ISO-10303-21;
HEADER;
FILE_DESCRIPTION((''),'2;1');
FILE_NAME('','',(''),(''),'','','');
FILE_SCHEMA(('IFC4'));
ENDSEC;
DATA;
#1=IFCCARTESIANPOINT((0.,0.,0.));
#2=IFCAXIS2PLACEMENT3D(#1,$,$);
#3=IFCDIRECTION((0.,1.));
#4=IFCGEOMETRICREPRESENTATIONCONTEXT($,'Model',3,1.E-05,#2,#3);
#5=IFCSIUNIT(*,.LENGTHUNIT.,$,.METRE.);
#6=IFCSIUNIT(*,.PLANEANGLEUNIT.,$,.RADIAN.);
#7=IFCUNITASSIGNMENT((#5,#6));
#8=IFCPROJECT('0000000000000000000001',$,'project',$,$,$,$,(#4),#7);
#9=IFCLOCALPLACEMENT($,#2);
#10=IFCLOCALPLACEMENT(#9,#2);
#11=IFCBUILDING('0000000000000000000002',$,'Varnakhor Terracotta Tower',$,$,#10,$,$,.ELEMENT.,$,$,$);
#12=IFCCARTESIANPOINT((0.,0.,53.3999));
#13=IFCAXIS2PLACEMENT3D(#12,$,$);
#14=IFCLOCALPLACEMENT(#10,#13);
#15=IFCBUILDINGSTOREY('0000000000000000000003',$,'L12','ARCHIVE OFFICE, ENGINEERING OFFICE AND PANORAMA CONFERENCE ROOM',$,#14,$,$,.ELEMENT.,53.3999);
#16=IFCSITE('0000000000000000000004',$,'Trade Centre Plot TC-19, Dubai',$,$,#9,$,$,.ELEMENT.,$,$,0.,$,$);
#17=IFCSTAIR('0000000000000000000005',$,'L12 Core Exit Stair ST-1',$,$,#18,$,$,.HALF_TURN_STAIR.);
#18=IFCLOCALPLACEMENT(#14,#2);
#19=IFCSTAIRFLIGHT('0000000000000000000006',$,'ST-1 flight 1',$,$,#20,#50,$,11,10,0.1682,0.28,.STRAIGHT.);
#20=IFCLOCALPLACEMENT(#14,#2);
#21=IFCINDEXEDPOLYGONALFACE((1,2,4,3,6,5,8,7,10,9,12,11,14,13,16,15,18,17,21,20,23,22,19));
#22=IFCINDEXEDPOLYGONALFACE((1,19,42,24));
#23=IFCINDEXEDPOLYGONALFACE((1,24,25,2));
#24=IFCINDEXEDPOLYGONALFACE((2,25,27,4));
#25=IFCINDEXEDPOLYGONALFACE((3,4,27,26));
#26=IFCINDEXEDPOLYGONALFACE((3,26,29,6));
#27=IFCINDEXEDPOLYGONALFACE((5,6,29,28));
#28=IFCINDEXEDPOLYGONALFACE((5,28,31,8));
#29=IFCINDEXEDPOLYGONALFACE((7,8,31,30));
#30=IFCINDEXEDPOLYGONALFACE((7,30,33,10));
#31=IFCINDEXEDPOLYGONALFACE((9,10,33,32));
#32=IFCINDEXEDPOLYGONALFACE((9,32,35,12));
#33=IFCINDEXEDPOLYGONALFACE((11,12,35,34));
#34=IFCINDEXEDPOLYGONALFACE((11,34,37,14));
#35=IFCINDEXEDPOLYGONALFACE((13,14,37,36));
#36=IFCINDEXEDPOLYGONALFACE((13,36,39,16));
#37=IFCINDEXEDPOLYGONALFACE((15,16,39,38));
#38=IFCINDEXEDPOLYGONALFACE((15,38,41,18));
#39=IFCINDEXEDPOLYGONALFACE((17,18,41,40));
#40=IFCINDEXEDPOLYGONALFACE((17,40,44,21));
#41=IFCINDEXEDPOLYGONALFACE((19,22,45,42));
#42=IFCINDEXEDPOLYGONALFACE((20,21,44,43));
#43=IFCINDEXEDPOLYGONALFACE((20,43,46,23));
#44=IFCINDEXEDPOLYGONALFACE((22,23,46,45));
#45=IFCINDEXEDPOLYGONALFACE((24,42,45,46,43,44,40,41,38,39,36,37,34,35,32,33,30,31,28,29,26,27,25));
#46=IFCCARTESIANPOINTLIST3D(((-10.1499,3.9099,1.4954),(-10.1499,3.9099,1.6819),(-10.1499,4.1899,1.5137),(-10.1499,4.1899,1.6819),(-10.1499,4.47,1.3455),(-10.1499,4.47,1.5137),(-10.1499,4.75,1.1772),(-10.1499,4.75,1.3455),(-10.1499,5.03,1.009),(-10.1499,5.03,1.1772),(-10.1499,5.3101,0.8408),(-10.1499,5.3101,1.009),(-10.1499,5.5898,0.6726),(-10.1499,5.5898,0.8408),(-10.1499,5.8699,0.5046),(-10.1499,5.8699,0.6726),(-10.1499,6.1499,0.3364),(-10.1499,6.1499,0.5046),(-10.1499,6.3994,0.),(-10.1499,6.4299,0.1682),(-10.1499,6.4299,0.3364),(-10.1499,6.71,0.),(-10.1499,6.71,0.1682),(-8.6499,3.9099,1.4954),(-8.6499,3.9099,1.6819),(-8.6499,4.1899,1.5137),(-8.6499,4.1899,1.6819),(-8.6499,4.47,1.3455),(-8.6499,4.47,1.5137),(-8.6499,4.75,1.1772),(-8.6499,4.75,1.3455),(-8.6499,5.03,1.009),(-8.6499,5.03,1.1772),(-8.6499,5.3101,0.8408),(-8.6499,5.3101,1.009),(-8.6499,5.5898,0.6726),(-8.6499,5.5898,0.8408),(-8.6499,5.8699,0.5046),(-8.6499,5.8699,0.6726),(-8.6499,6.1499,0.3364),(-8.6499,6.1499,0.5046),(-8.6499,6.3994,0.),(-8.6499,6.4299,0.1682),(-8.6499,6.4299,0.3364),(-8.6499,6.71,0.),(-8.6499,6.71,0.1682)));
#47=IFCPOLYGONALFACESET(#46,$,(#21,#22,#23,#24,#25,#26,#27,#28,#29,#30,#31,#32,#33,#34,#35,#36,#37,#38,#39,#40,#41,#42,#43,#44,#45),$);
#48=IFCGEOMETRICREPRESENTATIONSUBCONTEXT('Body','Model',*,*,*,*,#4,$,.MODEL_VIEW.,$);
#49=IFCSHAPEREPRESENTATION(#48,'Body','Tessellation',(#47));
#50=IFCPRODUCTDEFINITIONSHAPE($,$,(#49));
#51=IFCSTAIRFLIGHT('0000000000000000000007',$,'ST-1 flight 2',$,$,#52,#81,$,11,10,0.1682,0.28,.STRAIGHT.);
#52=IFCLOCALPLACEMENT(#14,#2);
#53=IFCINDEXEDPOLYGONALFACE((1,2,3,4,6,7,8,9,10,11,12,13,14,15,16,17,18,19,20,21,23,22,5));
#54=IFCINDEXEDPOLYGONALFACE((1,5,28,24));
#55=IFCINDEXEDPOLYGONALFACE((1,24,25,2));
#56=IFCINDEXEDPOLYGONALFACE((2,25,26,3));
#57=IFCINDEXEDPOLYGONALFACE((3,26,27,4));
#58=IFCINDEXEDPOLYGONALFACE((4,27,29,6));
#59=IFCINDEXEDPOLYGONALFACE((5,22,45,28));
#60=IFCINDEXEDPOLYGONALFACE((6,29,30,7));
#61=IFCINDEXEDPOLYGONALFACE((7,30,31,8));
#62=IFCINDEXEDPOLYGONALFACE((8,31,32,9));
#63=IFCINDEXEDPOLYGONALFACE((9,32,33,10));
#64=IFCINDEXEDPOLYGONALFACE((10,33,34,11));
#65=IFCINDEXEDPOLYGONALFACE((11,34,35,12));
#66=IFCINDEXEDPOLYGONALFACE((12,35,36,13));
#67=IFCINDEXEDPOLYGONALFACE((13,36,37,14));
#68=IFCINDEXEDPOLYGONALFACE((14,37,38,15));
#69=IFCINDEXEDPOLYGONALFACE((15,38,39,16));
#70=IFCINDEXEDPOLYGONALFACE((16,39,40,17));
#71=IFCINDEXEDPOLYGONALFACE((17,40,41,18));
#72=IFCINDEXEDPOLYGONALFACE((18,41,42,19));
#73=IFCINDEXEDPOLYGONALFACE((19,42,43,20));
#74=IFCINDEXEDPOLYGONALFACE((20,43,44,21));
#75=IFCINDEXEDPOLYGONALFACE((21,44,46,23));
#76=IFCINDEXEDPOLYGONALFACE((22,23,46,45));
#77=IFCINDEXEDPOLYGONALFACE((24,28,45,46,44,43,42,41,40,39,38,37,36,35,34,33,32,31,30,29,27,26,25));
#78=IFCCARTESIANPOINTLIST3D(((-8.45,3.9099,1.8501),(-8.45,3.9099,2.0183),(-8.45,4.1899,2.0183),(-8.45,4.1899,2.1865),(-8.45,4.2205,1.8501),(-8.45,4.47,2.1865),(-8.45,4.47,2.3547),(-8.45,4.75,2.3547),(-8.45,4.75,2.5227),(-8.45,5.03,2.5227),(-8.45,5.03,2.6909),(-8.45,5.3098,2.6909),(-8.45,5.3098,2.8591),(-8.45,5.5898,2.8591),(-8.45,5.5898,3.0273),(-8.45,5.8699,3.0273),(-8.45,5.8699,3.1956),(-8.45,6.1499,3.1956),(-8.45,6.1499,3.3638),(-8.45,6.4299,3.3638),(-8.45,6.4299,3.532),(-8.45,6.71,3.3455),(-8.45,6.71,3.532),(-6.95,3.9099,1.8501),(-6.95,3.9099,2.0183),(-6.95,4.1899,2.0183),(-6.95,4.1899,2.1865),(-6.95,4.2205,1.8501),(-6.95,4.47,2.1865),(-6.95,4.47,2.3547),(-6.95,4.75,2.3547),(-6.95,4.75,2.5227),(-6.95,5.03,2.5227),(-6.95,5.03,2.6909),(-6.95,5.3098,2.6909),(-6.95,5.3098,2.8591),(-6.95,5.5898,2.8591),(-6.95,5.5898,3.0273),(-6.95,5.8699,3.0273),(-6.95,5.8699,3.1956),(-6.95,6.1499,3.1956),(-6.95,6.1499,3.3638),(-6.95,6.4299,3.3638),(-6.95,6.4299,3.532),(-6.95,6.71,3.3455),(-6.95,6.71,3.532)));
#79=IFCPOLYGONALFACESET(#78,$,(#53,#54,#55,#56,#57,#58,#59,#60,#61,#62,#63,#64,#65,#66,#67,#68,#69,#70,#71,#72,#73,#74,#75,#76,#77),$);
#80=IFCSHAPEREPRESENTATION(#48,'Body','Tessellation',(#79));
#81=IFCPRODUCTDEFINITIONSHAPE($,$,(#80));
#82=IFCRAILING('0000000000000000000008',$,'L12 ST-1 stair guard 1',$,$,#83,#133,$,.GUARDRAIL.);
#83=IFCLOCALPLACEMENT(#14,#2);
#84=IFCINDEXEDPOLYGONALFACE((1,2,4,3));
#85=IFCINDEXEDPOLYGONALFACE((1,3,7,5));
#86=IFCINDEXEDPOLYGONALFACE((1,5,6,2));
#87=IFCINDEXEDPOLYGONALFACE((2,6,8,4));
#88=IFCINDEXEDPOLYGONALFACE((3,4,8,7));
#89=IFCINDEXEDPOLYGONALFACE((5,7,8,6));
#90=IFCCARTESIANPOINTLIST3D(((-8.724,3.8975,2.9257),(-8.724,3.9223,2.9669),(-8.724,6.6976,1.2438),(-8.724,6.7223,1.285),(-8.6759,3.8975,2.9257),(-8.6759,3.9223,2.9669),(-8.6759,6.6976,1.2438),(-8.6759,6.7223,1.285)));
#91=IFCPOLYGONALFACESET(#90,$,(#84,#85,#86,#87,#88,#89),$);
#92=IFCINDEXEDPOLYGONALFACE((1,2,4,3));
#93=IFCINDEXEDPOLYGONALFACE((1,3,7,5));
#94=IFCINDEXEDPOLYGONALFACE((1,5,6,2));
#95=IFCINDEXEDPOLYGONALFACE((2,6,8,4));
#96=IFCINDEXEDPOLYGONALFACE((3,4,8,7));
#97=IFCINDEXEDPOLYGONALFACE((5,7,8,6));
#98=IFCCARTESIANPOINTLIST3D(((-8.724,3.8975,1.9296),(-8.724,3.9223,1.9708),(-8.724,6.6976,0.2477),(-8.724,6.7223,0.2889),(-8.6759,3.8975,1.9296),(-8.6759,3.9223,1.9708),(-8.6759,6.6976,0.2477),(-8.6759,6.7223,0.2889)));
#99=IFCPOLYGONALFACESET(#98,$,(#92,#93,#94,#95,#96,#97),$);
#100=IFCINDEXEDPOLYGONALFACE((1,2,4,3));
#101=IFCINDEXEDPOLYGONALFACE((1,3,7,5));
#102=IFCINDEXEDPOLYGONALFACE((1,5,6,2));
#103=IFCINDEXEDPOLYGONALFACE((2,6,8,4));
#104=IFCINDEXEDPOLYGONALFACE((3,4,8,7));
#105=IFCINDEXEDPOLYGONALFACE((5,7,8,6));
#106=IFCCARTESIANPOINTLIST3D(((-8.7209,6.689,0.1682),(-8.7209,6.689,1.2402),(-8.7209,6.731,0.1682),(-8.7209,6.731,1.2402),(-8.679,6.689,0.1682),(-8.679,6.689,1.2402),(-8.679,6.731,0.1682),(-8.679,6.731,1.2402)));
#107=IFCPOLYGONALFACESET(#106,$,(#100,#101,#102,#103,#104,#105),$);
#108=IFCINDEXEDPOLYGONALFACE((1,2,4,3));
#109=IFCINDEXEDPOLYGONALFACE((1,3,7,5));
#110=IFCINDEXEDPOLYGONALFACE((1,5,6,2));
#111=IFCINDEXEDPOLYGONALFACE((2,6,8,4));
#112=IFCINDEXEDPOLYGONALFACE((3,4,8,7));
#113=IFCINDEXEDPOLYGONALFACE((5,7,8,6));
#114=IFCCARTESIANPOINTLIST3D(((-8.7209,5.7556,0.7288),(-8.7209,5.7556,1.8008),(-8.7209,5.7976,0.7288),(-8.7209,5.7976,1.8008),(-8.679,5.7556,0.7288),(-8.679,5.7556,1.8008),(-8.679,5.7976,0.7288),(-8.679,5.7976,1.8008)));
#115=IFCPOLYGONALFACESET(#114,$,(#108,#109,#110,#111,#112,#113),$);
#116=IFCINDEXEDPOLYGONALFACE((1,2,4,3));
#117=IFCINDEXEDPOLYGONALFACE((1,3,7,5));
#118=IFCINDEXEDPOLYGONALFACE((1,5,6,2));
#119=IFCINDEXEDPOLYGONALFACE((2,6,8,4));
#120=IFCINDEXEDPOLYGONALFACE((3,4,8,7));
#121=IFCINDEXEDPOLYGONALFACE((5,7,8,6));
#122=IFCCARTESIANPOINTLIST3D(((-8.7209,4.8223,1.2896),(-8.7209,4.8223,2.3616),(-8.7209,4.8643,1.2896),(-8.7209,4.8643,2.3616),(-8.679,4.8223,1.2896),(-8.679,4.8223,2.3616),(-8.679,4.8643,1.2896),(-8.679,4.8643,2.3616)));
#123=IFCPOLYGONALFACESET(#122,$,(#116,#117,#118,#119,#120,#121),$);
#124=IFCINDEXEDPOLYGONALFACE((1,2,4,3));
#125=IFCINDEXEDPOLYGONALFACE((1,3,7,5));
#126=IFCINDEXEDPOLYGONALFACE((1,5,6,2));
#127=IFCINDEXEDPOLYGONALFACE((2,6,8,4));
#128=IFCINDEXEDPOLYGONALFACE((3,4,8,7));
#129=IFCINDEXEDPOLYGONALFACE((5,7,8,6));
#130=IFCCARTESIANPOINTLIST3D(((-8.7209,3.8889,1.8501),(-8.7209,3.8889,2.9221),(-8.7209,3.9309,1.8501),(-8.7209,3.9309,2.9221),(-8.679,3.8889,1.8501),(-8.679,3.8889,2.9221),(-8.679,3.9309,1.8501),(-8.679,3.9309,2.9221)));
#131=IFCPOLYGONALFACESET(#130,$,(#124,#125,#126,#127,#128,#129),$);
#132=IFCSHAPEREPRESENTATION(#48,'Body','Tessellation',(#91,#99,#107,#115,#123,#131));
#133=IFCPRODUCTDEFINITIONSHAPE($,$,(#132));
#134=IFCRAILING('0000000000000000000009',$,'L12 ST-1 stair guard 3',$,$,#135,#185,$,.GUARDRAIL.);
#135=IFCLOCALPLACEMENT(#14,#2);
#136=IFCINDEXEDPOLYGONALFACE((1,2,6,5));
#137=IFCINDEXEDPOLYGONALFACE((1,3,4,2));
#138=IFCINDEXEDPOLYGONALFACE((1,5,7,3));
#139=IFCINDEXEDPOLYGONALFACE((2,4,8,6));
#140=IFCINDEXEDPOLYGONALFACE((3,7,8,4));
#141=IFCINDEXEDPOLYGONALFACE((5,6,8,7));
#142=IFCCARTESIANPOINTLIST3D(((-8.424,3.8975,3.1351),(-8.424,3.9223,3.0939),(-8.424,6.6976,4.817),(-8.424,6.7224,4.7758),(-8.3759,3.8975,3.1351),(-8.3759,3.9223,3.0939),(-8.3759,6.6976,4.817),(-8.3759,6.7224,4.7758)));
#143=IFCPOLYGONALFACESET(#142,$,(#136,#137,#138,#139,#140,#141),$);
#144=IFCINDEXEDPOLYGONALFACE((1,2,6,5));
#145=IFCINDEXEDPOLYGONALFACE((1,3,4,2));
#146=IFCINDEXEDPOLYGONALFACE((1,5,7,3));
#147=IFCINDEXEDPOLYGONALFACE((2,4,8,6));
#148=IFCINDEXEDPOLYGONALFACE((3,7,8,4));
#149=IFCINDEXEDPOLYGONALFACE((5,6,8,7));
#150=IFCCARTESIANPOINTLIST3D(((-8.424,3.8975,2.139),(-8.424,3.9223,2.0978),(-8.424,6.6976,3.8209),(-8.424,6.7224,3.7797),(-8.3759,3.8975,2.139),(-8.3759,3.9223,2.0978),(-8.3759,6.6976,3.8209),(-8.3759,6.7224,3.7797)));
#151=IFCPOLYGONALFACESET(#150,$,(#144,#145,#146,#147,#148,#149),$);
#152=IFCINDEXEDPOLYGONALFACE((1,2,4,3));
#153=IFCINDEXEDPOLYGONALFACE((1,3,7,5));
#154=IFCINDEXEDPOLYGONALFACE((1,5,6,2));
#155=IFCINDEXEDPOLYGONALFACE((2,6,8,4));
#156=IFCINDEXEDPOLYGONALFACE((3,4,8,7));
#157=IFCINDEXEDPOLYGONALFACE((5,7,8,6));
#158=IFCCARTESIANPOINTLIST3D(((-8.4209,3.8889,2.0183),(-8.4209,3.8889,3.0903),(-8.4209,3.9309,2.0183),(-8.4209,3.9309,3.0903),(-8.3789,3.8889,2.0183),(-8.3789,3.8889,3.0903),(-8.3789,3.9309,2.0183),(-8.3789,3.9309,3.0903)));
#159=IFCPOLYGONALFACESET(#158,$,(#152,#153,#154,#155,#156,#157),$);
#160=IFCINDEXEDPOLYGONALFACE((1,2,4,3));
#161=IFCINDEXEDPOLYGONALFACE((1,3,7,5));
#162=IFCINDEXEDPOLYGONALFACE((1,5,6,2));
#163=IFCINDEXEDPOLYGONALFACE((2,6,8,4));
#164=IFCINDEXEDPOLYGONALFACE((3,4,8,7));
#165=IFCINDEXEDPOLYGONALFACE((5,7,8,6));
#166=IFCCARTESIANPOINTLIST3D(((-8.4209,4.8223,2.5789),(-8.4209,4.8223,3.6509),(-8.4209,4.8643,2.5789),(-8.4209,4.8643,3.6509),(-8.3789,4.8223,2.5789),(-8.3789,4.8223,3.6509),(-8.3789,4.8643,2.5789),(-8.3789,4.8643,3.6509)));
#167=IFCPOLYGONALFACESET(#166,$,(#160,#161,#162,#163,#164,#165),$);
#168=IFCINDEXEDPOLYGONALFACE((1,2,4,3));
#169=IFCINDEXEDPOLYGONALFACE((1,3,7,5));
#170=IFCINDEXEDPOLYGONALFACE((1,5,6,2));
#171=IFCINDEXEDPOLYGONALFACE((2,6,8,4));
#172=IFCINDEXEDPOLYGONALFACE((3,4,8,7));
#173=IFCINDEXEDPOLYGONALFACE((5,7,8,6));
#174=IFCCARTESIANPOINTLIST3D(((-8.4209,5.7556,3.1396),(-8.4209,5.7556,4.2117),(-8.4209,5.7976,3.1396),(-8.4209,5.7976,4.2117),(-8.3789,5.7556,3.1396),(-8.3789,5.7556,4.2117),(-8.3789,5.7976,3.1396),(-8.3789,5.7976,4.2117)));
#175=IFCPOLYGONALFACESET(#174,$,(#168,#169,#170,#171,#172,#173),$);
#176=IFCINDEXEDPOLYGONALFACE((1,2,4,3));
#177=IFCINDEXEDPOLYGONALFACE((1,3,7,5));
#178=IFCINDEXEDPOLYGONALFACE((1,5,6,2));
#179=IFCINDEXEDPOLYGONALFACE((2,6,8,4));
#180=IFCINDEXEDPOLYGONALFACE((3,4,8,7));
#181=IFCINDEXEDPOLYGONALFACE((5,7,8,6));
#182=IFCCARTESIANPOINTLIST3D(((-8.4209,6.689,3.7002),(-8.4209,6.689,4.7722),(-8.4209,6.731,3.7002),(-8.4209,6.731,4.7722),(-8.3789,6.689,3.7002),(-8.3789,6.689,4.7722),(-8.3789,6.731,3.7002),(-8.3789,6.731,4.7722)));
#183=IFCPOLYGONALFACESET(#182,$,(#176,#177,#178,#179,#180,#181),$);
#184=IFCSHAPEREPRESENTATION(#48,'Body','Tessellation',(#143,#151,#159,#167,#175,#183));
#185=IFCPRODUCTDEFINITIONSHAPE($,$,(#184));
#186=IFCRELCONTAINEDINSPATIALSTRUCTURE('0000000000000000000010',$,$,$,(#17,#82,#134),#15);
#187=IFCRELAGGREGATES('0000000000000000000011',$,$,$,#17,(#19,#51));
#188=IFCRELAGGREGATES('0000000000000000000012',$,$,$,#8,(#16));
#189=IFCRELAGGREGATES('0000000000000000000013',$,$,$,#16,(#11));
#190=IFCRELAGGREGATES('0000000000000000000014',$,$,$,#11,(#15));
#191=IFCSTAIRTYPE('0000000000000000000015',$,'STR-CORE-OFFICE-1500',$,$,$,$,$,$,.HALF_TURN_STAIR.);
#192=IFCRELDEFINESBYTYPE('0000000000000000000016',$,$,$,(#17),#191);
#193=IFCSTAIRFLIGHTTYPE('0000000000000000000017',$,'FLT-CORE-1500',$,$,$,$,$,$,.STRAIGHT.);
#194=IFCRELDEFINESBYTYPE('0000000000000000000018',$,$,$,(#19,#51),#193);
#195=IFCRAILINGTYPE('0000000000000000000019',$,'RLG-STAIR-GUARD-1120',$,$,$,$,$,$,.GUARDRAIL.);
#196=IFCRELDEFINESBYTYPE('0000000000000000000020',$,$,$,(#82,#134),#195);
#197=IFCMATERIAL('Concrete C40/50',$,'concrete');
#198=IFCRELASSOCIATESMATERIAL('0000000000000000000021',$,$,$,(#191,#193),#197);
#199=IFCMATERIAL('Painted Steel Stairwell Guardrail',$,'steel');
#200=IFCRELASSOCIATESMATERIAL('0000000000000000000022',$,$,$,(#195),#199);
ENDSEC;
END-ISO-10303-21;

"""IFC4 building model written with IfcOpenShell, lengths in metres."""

from ifc_helpers import new_model, si_unit, direction, frame, origin, origin_2d, place, context, subcontext, project, spatial, polyline, rectangle, outline, extrude, material, type_object, element, aggregate, save


model = new_model("IFC4")

# Units and contexts
model_context = context("Model", 3, precision=1e-05, world=origin(), true_north=direction((0.0, 1.0)))
body_context = subcontext(model_context, "Body", "Model", "MODEL_VIEW")
ifc_project = project(units=[si_unit("LENGTHUNIT", "METRE"), si_unit("PLANEANGLEUNIT", "RADIAN")], contexts=[model_context])

# Site, building, storey
site_placement = place(None, origin())
site = spatial("IfcSite", under=ifc_project, at=site_placement, Name="Trade Centre Plot TC-19, Dubai", CompositionType="ELEMENT", RefElevation=0.0)
building_placement = place(site_placement, origin())
building = spatial("IfcBuilding", under=site, at=building_placement, Name="Varnakhor Terracotta Tower", CompositionType="ELEMENT")
storey_placement = place(building_placement, frame((0.0, 0.0, 53.3999)))
storey = spatial("IfcBuildingStorey", under=building, at=storey_placement, Name="L12", Description="ARCHIVE OFFICE, ENGINEERING OFFICE AND PANORAMA CONFERENCE ROOM", CompositionType="ELEMENT", Elevation=53.3999)

# Shared definitions
ifc_material_1 = material(Name="Concrete C40/50", Category="concrete")

# Stair, stair flights
stair_type = type_object("IfcStairType", Name="STR-CORE-OFFICE-1500", PredefinedType="HALF_TURN_STAIR", material=ifc_material_1)
stair_placement = place(storey_placement, origin())
stair = element("IfcStair", 1, at=stair_placement, inside=storey, type_object=stair_type, Name="L12 Core Exit Stair ST-1", PredefinedType="HALF_TURN_STAIR")
stair_flight_type = type_object("IfcStairFlightType", Name="FLT-CORE-1500", PredefinedType="STRAIGHT", material=ifc_material_1)
stair_flight_1_placement = place(storey_placement, frame((-9.3999, 6.71, 0.0), z_axis=(0.0, 0.0, 1.0), x_axis=(0.0, -1.0, 0.0)))
stair_flight_1 = element("IfcStairFlight", 2, at=stair_flight_1_placement, type_object=stair_flight_type, Name="ST-1 flight 1", NumberOfRisers=11, NumberOfTreads=10, PredefinedType="STRAIGHT", RiserHeight=0.1682, TreadLength=0.28, context=body_context, shape_type="SweptSolid", body=[
    extrude(outline(polyline([(0.0, 0.0), (0.0, 0.1682), (0.28, 0.1682), (0.28, 0.3364), (0.5601, 0.3364), (0.5601, 0.5046), (0.8401, 0.5046), (0.8401, 0.6726), (1.1201, 0.6726), (1.1201, 0.8408), (1.3999, 0.8408), (1.3999, 1.009), (1.6799, 1.009), (1.6799, 1.1772), (1.96, 1.1772), (1.96, 1.3455), (2.24, 1.3455), (2.24, 1.5137), (2.52, 1.5137), (2.52, 1.6819), (2.8, 1.6819), (2.8, 1.8501), (2.8, 1.4954), (0.3105, 0.0), (0.0, 0.0)])), frame((0.0, 0.75, 0.0), z_axis=(0.0, -1.0, 0.0), x_axis=(1.0, 0.0, 0.0)), (0.0, 0.0, 1.0), 1.5),
])
stair_flight_2_placement = place(storey_placement, frame((-7.7, 3.9099, 1.8501), z_axis=(0.0, 0.0, 1.0), x_axis=(0.0, 1.0, 0.0)))
stair_flight_2 = element("IfcStairFlight", 3, at=stair_flight_2_placement, type_object=stair_flight_type, Name="ST-1 flight 2", NumberOfRisers=11, NumberOfTreads=10, PredefinedType="STRAIGHT", RiserHeight=0.1682, TreadLength=0.28, context=body_context, shape_type="SweptSolid", body=[
    extrude(outline(polyline([(0.0, 0.0), (0.0, 0.1682), (0.28, 0.1682), (0.28, 0.3364), (0.5601, 0.3364), (0.5601, 0.5046), (0.8401, 0.5046), (0.8401, 0.6726), (1.1201, 0.6726), (1.1201, 0.8408), (1.3999, 0.8408), (1.3999, 1.009), (1.6799, 1.009), (1.6799, 1.1772), (1.96, 1.1772), (1.96, 1.3455), (2.24, 1.3455), (2.24, 1.5137), (2.52, 1.5137), (2.52, 1.6819), (2.8, 1.6819), (2.8, 1.8501), (2.8, 1.4954), (0.3105, 0.0), (0.0, 0.0)])), frame((0.0, 0.75, 0.0), z_axis=(0.0, -1.0, 0.0), x_axis=(1.0, 0.0, 0.0)), (0.0, 0.0, 1.0), 1.5),
])
aggregate(stair, [stair_flight_1, stair_flight_2])

# Railings
ifc_material_2 = material(Name="Painted Steel Stairwell Guardrail", Category="steel")
railing_type_1 = type_object("IfcRailingType", Name="RLG-STAIR-GUARD-1120", PredefinedType="GUARDRAIL", material=ifc_material_2)
railing_1_placement = place(storey_placement, frame((-8.7, 6.71, 0.1682)))
element("IfcRailing", 4, at=railing_1_placement, inside=storey, type_object=railing_type_1, Name="L12 ST-1 stair guard 1", PredefinedType="GUARDRAIL", context=body_context, shape_type="SweptSolid", body=[
    extrude(rectangle(XDim=0.0481, YDim=0.0481, at=origin_2d()), frame((0.0, 0.0, 1.0962), z_axis=(0.0, -0.857242, 0.514913), x_axis=(1.0, 0.0, 0.0)), (0.0, 0.0, 1.0), 3.2664),
    extrude(rectangle(XDim=0.0481, YDim=0.0481, at=origin_2d()), frame((0.0, 0.0, 0.1001), z_axis=(0.0, -0.857242, 0.514913), x_axis=(1.0, 0.0, 0.0)), (0.0, 0.0, 1.0), 3.2664),
    extrude(rectangle(XDim=0.042, YDim=0.042, at=origin_2d()), origin(), (0.0, 0.0, 1.0), 1.072),
    extrude(rectangle(XDim=0.042, YDim=0.042, at=origin_2d()), frame((0.0, -0.9333, 0.5605)), (0.0, 0.0, 1.0), 1.072),
    extrude(rectangle(XDim=0.042, YDim=0.042, at=origin_2d()), frame((0.0, -1.8667, 1.1213)), (0.0, 0.0, 1.0), 1.072),
    extrude(rectangle(XDim=0.042, YDim=0.042, at=origin_2d()), frame((0.0, -2.8, 1.6819)), (0.0, 0.0, 1.0), 1.072),
])
railing_2_placement = place(storey_placement, frame((-8.3999, 3.9099, 2.0183)))
element("IfcRailing", 5, at=railing_2_placement, inside=storey, type_object=railing_type_1, Name="L12 ST-1 stair guard 3", PredefinedType="GUARDRAIL", context=body_context, shape_type="SweptSolid", body=[
    extrude(rectangle(XDim=0.0481, YDim=0.0481, at=origin_2d()), frame((0.0, 0.0, 1.0962), z_axis=(0.0, 0.857242, 0.514913), x_axis=(-1.0, 0.0, 0.0)), (0.0, 0.0, 1.0), 3.2664),
    extrude(rectangle(XDim=0.0481, YDim=0.0481, at=origin_2d()), frame((0.0, 0.0, 0.1001), z_axis=(0.0, 0.857242, 0.514913), x_axis=(-1.0, 0.0, 0.0)), (0.0, 0.0, 1.0), 3.2664),
    extrude(rectangle(XDim=0.042, YDim=0.042, at=origin_2d()), origin(), (0.0, 0.0, 1.0), 1.072),
    extrude(rectangle(XDim=0.042, YDim=0.042, at=origin_2d()), frame((0.0, 0.9333, 0.5605)), (0.0, 0.0, 1.0), 1.072),
    extrude(rectangle(XDim=0.042, YDim=0.042, at=origin_2d()), frame((0.0, 1.8667, 1.1213)), (0.0, 0.0, 1.0), 1.072),
    extrude(rectangle(XDim=0.042, YDim=0.042, at=origin_2d()), frame((0.0, 2.8, 1.6819)), (0.0, 0.0, 1.0), 1.072),
])

save(model, "model.ifc")
